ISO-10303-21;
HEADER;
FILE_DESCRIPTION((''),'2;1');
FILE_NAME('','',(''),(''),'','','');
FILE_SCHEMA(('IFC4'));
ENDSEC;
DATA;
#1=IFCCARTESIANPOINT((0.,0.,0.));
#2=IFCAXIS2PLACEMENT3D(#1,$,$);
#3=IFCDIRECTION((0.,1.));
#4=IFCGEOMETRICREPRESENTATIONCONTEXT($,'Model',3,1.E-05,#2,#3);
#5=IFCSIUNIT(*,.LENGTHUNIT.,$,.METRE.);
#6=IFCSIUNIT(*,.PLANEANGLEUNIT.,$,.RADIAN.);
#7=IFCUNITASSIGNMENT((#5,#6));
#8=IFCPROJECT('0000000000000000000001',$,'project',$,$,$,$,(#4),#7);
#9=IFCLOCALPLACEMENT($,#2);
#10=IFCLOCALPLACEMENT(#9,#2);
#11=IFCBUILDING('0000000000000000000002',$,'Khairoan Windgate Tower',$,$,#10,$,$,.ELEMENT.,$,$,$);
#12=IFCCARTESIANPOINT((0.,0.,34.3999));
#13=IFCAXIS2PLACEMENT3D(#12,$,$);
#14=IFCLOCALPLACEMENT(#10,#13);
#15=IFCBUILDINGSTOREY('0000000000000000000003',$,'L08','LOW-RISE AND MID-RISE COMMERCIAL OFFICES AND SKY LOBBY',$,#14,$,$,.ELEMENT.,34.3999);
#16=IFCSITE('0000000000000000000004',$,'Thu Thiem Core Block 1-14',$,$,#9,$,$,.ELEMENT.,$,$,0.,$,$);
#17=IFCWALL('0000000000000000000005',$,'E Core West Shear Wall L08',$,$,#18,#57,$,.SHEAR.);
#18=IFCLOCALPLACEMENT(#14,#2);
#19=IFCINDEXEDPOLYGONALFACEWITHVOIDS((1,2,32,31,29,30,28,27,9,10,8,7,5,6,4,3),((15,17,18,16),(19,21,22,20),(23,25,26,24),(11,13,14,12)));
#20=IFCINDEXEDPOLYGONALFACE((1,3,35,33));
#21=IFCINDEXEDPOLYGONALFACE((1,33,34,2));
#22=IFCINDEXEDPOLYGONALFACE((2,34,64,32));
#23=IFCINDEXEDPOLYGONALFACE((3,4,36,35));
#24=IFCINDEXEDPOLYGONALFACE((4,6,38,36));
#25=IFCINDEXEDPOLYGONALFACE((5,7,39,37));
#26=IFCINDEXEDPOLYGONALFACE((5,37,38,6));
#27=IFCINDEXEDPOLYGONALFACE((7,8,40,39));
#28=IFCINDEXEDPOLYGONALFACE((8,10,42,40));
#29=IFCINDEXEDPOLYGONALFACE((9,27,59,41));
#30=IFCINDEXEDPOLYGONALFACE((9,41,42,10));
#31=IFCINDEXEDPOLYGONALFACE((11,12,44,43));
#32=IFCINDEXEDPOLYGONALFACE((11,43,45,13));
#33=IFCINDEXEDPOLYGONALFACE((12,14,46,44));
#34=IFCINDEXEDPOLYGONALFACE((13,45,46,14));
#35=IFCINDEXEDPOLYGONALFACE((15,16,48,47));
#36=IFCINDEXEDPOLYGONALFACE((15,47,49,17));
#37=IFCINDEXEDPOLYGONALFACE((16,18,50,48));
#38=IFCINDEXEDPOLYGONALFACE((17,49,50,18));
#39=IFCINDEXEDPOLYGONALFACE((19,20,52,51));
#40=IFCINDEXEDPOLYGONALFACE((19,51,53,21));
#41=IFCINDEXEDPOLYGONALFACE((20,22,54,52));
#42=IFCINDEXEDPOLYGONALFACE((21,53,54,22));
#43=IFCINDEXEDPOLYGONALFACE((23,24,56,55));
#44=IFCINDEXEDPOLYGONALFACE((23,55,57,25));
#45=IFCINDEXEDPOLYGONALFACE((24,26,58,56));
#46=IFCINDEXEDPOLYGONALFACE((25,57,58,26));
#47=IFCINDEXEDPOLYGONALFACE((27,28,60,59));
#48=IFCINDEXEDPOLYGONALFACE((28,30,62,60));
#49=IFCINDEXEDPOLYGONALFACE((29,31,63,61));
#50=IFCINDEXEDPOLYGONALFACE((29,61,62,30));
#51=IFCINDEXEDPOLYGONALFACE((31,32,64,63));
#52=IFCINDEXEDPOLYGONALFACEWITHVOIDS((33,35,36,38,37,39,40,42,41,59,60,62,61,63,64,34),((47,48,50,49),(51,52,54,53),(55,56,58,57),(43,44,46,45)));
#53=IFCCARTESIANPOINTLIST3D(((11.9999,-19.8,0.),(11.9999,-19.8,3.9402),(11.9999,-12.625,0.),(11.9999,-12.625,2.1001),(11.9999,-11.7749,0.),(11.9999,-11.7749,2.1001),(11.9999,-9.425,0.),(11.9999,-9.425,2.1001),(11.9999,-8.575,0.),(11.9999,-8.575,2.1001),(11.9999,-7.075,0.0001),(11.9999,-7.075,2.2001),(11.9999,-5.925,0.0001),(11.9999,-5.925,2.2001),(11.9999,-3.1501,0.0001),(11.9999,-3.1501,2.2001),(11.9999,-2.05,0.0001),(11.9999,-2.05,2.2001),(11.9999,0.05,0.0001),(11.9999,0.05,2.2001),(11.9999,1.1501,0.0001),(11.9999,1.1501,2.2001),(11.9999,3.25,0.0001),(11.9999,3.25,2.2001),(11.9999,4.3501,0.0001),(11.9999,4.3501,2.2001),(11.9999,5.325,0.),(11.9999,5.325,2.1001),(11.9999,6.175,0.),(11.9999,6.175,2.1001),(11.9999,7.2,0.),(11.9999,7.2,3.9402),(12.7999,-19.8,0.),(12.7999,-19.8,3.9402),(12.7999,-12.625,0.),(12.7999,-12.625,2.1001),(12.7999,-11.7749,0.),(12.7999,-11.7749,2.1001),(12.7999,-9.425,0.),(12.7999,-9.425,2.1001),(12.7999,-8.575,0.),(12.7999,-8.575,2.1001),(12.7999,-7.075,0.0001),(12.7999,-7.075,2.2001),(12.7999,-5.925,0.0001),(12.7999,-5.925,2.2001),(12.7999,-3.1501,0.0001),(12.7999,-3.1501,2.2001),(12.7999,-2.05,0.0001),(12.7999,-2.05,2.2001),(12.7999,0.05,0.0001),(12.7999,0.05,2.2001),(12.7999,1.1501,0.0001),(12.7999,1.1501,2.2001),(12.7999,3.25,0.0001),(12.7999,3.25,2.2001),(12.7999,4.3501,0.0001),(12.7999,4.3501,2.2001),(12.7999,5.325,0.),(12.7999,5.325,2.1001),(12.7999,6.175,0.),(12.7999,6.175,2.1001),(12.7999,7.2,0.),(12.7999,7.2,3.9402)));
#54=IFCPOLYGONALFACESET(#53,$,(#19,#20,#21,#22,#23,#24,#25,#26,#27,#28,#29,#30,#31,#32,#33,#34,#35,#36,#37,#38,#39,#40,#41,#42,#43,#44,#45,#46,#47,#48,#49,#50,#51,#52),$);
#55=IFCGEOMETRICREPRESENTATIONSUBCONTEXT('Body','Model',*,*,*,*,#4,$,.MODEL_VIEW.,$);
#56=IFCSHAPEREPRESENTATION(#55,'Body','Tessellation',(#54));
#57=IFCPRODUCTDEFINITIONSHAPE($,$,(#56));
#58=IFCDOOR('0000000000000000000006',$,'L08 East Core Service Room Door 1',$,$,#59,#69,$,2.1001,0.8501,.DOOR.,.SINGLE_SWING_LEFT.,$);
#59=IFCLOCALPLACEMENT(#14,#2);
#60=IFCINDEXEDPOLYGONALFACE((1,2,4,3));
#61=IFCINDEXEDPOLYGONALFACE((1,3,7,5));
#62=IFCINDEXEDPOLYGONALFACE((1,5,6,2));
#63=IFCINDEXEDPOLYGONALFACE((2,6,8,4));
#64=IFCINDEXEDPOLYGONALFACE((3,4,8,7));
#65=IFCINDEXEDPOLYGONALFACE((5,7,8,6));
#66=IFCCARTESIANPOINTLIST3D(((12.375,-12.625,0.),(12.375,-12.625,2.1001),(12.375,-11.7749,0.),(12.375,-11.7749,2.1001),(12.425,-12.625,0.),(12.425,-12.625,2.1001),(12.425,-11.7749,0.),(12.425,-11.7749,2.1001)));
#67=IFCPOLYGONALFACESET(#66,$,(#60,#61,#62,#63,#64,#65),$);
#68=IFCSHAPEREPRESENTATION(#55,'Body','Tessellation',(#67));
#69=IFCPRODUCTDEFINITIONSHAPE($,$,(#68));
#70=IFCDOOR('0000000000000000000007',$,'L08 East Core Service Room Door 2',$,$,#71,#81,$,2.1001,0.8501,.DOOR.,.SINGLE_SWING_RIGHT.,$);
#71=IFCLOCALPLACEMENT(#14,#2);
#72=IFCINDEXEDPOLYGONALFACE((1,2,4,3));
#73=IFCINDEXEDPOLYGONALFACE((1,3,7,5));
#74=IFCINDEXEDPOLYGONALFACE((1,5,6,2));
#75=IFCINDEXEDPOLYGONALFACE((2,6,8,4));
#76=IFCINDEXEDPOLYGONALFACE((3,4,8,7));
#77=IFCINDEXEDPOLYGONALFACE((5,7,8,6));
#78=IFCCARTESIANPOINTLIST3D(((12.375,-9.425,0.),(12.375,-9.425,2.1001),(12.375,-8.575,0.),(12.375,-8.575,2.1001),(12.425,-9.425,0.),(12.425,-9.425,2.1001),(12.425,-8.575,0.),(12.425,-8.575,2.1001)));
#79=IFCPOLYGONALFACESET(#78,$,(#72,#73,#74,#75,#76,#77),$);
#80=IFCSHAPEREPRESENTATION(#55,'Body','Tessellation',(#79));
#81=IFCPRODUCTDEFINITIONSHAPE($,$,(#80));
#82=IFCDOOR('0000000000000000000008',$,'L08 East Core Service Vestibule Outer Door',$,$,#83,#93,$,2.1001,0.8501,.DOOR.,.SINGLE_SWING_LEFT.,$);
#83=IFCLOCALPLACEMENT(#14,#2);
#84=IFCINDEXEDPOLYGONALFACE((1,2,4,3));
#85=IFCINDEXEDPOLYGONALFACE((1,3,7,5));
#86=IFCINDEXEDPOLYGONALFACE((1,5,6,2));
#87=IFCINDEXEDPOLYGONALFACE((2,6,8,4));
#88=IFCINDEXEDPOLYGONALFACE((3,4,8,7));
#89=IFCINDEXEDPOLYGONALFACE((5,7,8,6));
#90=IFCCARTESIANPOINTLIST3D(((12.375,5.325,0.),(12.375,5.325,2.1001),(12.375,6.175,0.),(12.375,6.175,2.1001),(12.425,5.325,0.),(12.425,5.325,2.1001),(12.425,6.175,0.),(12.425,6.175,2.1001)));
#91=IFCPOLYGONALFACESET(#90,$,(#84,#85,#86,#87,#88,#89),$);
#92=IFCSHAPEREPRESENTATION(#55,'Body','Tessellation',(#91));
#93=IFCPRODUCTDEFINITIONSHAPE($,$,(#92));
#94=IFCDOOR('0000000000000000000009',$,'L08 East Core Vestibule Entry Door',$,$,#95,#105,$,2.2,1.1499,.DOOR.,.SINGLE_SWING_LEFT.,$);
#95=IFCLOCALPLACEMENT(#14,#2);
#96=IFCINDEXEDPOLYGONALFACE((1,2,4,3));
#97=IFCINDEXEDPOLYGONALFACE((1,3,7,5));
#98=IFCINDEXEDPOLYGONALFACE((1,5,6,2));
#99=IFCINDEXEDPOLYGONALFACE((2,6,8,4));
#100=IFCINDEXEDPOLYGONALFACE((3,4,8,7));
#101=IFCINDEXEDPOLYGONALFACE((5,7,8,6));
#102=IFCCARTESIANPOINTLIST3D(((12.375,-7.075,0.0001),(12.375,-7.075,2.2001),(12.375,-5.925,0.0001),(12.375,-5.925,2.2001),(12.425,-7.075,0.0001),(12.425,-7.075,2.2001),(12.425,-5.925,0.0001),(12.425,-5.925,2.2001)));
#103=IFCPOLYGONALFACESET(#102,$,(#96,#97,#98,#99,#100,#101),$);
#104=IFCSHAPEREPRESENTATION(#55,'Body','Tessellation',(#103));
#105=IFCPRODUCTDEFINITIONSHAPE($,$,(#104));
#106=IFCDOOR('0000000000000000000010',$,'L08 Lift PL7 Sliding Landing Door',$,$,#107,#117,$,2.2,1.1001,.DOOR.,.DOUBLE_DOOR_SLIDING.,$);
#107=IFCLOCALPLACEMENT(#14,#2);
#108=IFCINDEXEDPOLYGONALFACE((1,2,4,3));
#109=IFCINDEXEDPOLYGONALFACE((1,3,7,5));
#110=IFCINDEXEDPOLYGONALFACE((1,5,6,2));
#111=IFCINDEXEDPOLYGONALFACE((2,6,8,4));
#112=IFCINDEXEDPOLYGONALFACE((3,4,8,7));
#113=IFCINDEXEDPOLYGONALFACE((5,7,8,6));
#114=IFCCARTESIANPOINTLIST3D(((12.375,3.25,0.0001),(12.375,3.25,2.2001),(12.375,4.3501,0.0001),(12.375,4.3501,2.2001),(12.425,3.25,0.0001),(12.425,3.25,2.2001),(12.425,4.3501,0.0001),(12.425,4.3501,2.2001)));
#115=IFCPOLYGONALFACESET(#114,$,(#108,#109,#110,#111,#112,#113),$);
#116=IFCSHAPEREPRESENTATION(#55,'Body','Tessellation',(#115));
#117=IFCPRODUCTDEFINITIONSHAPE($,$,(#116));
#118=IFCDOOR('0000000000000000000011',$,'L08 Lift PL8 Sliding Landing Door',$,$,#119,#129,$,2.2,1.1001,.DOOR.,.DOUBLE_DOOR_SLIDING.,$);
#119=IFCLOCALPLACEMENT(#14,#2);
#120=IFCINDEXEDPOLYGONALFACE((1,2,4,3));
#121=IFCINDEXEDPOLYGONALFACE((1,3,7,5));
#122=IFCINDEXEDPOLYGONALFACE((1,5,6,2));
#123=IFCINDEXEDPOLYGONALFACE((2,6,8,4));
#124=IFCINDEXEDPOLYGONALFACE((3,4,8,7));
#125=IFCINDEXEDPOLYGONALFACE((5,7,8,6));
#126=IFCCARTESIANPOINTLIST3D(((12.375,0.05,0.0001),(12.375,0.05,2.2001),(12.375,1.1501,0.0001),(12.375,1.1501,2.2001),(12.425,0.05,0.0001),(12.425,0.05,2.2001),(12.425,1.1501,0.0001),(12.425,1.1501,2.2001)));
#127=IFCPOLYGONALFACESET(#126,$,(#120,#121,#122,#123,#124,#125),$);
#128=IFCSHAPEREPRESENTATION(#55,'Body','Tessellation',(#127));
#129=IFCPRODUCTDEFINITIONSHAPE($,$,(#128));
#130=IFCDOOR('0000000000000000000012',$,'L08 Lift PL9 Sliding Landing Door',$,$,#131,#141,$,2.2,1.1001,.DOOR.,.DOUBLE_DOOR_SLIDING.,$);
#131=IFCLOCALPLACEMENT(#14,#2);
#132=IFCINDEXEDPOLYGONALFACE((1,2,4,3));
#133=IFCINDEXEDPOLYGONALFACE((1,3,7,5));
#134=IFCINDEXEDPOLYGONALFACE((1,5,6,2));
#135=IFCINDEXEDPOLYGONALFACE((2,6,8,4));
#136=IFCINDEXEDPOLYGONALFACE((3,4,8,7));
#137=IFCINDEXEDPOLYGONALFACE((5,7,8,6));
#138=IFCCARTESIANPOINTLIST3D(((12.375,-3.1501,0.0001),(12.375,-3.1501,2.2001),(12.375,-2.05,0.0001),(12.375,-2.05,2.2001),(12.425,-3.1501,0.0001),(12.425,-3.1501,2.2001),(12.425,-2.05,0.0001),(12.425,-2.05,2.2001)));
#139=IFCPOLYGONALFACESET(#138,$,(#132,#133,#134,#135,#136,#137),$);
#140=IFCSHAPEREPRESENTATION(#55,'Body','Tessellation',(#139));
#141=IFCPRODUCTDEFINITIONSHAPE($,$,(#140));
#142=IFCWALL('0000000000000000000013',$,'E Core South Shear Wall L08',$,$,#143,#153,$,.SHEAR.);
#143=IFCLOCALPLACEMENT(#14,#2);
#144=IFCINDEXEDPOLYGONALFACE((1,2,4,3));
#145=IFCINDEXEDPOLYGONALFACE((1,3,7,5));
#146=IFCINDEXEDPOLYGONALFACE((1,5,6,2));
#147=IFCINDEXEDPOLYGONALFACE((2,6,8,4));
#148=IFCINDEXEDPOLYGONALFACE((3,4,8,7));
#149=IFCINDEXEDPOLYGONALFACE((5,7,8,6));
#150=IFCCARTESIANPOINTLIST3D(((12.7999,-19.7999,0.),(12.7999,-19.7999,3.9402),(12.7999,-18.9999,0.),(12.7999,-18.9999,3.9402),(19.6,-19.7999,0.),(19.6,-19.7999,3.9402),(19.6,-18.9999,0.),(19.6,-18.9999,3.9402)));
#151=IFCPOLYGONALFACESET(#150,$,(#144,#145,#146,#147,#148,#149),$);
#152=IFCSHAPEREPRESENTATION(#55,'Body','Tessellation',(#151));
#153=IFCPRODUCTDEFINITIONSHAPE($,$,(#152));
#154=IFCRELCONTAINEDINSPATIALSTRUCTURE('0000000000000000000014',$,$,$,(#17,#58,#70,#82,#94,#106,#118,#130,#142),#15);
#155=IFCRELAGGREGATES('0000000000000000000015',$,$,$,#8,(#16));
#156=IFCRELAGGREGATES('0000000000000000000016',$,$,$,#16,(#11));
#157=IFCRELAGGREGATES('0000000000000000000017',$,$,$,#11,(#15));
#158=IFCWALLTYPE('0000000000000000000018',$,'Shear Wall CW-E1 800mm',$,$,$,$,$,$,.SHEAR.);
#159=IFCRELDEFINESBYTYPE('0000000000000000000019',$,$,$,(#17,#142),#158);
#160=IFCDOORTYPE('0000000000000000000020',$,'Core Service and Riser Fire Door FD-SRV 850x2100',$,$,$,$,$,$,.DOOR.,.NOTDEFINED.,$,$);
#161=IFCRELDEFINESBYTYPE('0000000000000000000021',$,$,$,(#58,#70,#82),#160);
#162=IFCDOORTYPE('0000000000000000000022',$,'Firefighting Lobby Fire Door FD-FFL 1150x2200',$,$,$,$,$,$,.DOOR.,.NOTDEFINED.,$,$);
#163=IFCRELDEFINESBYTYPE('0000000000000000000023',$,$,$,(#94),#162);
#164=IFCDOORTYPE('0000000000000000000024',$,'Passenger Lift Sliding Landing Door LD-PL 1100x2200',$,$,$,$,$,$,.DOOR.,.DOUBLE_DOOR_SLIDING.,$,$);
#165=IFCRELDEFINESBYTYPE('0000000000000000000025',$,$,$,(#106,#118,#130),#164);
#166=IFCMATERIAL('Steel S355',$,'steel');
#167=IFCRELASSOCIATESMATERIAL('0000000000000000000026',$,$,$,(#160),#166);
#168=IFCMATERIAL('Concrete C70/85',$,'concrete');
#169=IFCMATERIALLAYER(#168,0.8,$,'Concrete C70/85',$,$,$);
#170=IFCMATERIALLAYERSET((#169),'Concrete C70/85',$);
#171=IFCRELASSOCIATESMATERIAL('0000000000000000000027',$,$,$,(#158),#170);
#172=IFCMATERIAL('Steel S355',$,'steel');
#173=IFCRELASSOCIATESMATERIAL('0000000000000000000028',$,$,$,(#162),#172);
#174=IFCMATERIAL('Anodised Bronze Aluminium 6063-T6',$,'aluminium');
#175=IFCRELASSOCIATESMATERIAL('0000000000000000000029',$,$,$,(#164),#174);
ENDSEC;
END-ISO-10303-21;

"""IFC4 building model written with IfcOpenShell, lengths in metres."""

from ifc_helpers import new_model, si_unit, direction, frame, frame_2d, origin, place, context, subcontext, project, spatial, rectangle, extrude, material, layer, layer_set, type_object, element, fill, save


model = new_model("IFC4")

# Units and contexts
model_context = context("Model", 3, precision=1e-05, world=origin(), true_north=direction((0.0, 1.0)))
body_context = subcontext(model_context, "Body", "Model", "MODEL_VIEW")
ifc_project = project(units=[si_unit("LENGTHUNIT", "METRE"), si_unit("PLANEANGLEUNIT", "RADIAN")], contexts=[model_context])

# Site, building, storey
site_placement = place(None, origin())
site = spatial("IfcSite", under=ifc_project, at=site_placement, Name="Thu Thiem Core Block 1-14", CompositionType="ELEMENT", RefElevation=0.0)
building_placement = place(site_placement, origin())
building = spatial("IfcBuilding", under=site, at=building_placement, Name="Khairoan Windgate Tower", CompositionType="ELEMENT")
storey_placement = place(building_placement, frame((0.0, 0.0, 34.3999)))
storey = spatial("IfcBuildingStorey", under=building, at=storey_placement, Name="L08", Description="LOW-RISE AND MID-RISE COMMERCIAL OFFICES AND SKY LOBBY", CompositionType="ELEMENT", Elevation=34.3999)

# Shared definitions
ifc_material_1 = material(Name="Steel S355", Category="steel")
door_type_1 = type_object("IfcDoorType", Name="Core Service and Riser Fire Door FD-SRV 850x2100", OperationType="NOTDEFINED", PredefinedType="DOOR", material=ifc_material_1)

# Wall, openings, doors
ifc_material_2 = material(Name="Concrete C70/85", Category="concrete")
ifc_layer_1 = layer(ifc_material_2, 0.8, Name="Concrete C70/85")
ifc_layer_set_1 = layer_set([ifc_layer_1], Name="Concrete C70/85")
wall_type_1 = type_object("IfcWallType", Name="Shear Wall CW-E1 800mm", PredefinedType="SHEAR", material=ifc_layer_set_1)
wall_1_placement = place(storey_placement, frame((12.3999, -19.8, 0.0), z_axis=(0.0, 0.0, 1.0), x_axis=(0.0, 1.0, 0.0)))
wall_1 = element("IfcWall", 1, at=wall_1_placement, inside=storey, type_object=wall_type_1, Name="E Core West Shear Wall L08", PredefinedType="SHEAR", context=body_context, shape_type="SweptSolid", body=[
    extrude(rectangle(XDim=27.0, YDim=0.8, at=frame_2d((13.5, 0.0))), origin(), (0.0, 0.0, 1.0), 3.9402),
])
opening_1_placement = place(wall_1_placement, frame((23.05, 0.0, 0.0)))
opening_1 = element("IfcOpeningElement", 2, at=opening_1_placement, cuts=wall_1, PredefinedType="OPENING", context=body_context, shape_type="SweptSolid", body=[
    extrude(rectangle(XDim=1.1001, YDim=2.2, at=frame_2d((0.55, 1.1001))), frame((0.0, 0.4099, 0.0), z_axis=(0.0, -1.0, 0.0), x_axis=(1.0, 0.0, 0.0)), (0.0, 0.0, 1.0), 0.8201),
])
opening_2_placement = place(wall_1_placement, frame((19.8501, 0.0, 0.0)))
opening_2 = element("IfcOpeningElement", 3, at=opening_2_placement, cuts=wall_1, PredefinedType="OPENING", context=body_context, shape_type="SweptSolid", body=[
    extrude(rectangle(XDim=1.1001, YDim=2.2, at=frame_2d((0.55, 1.1001))), frame((0.0, 0.4099, 0.0), z_axis=(0.0, -1.0, 0.0), x_axis=(1.0, 0.0, 0.0)), (0.0, 0.0, 1.0), 0.8201),
])
opening_3_placement = place(wall_1_placement, frame((16.6499, 0.0, 0.0)))
opening_3 = element("IfcOpeningElement", 4, at=opening_3_placement, cuts=wall_1, PredefinedType="OPENING", context=body_context, shape_type="SweptSolid", body=[
    extrude(rectangle(XDim=1.1001, YDim=2.2, at=frame_2d((0.55, 1.1001))), frame((0.0, 0.4099, 0.0), z_axis=(0.0, -1.0, 0.0), x_axis=(1.0, 0.0, 0.0)), (0.0, 0.0, 1.0), 0.8201),
])
opening_4_placement = place(wall_1_placement, frame((7.175, 0.0, 0.0)))
opening_4 = element("IfcOpeningElement", 5, at=opening_4_placement, cuts=wall_1, PredefinedType="OPENING", context=body_context, shape_type="SweptSolid", body=[
    extrude(rectangle(XDim=0.8501, YDim=2.1001, at=frame_2d((0.425, 1.05))), frame((0.0, 0.4099, 0.0), z_axis=(0.0, -1.0, 0.0), x_axis=(1.0, 0.0, 0.0)), (0.0, 0.0, 1.0), 0.8201),
])
opening_5_placement = place(wall_1_placement, frame((10.375, 0.0, 0.0)))
opening_5 = element("IfcOpeningElement", 6, at=opening_5_placement, cuts=wall_1, PredefinedType="OPENING", context=body_context, shape_type="SweptSolid", body=[
    extrude(rectangle(XDim=0.8501, YDim=2.1001, at=frame_2d((0.425, 1.05))), frame((0.0, 0.4099, 0.0), z_axis=(0.0, -1.0, 0.0), x_axis=(1.0, 0.0, 0.0)), (0.0, 0.0, 1.0), 0.8201),
])
opening_6_placement = place(wall_1_placement, frame((12.7251, 0.0, 0.0)))
opening_6 = element("IfcOpeningElement", 7, at=opening_6_placement, cuts=wall_1, PredefinedType="OPENING", context=body_context, shape_type="SweptSolid", body=[
    extrude(rectangle(XDim=1.1499, YDim=2.2, at=frame_2d((0.575, 1.1001))), frame((0.0, 0.4099, 0.0), z_axis=(0.0, -1.0, 0.0), x_axis=(1.0, 0.0, 0.0)), (0.0, 0.0, 1.0), 0.8201),
])
opening_7_placement = place(wall_1_placement, frame((25.125, 0.0, 0.0)))
opening_7 = element("IfcOpeningElement", 8, at=opening_7_placement, cuts=wall_1, PredefinedType="OPENING", context=body_context, shape_type="SweptSolid", body=[
    extrude(rectangle(XDim=0.8501, YDim=2.1001, at=frame_2d((0.425, 1.05))), frame((0.0, 0.4099, 0.0), z_axis=(0.0, -1.0, 0.0), x_axis=(1.0, 0.0, 0.0)), (0.0, 0.0, 1.0), 0.8201),
])
door_1_placement = place(opening_4_placement, origin())
door_1 = element("IfcDoor", 9, at=door_1_placement, inside=storey, type_object=door_type_1, Name="L08 East Core Service Room Door 1", OperationType="SINGLE_SWING_LEFT", OverallHeight=2.1001, OverallWidth=0.8501, PredefinedType="DOOR", context=body_context, shape_type="SweptSolid", body=[
    extrude(rectangle(XDim=0.8501, YDim=2.1001, at=frame_2d((0.425, 1.05))), frame((0.0, 0.0249, 0.0), z_axis=(0.0, -1.0, 0.0), x_axis=(1.0, 0.0, 0.0)), (0.0, 0.0, 1.0), 0.05),
])
fill(opening_4, door_1)
door_2_placement = place(opening_5_placement, origin())
door_2 = element("IfcDoor", 10, at=door_2_placement, inside=storey, type_object=door_type_1, Name="L08 East Core Service Room Door 2", OperationType="SINGLE_SWING_RIGHT", OverallHeight=2.1001, OverallWidth=0.8501, PredefinedType="DOOR", context=body_context, shape_type="SweptSolid", body=[
    extrude(rectangle(XDim=0.8501, YDim=2.1001, at=frame_2d((0.425, 1.05))), frame((0.0, 0.0249, 0.0), z_axis=(0.0, -1.0, 0.0), x_axis=(1.0, 0.0, 0.0)), (0.0, 0.0, 1.0), 0.05),
])
fill(opening_5, door_2)
door_3_placement = place(opening_7_placement, origin())
door_3 = element("IfcDoor", 11, at=door_3_placement, inside=storey, type_object=door_type_1, Name="L08 East Core Service Vestibule Outer Door", OperationType="SINGLE_SWING_LEFT", OverallHeight=2.1001, OverallWidth=0.8501, PredefinedType="DOOR", context=body_context, shape_type="SweptSolid", body=[
    extrude(rectangle(XDim=0.8501, YDim=2.1001, at=frame_2d((0.425, 1.05))), frame((0.0, 0.0249, 0.0), z_axis=(0.0, -1.0, 0.0), x_axis=(1.0, 0.0, 0.0)), (0.0, 0.0, 1.0), 0.05),
])
fill(opening_7, door_3)
ifc_material_3 = material(Name="Steel S355", Category="steel")
door_type_2 = type_object("IfcDoorType", Name="Firefighting Lobby Fire Door FD-FFL 1150x2200", OperationType="NOTDEFINED", PredefinedType="DOOR", material=ifc_material_3)
door_4_placement = place(opening_6_placement, origin())
door_4 = element("IfcDoor", 12, at=door_4_placement, inside=storey, type_object=door_type_2, Name="L08 East Core Vestibule Entry Door", OperationType="SINGLE_SWING_LEFT", OverallHeight=2.2, OverallWidth=1.1499, PredefinedType="DOOR", context=body_context, shape_type="SweptSolid", body=[
    extrude(rectangle(XDim=1.1499, YDim=2.2, at=frame_2d((0.575, 1.1001))), frame((0.0, 0.0249, 0.0), z_axis=(0.0, -1.0, 0.0), x_axis=(1.0, 0.0, 0.0)), (0.0, 0.0, 1.0), 0.05),
])
fill(opening_6, door_4)
ifc_material_4 = material(Name="Anodised Bronze Aluminium 6063-T6", Category="aluminium")
door_type_3 = type_object("IfcDoorType", Name="Passenger Lift Sliding Landing Door LD-PL 1100x2200", OperationType="DOUBLE_DOOR_SLIDING", PredefinedType="DOOR", material=ifc_material_4)
door_5_placement = place(opening_1_placement, origin())
door_5 = element("IfcDoor", 13, at=door_5_placement, inside=storey, type_object=door_type_3, Name="L08 Lift PL7 Sliding Landing Door", OperationType="DOUBLE_DOOR_SLIDING", OverallHeight=2.2, OverallWidth=1.1001, PredefinedType="DOOR", context=body_context, shape_type="SweptSolid", body=[
    extrude(rectangle(XDim=1.1001, YDim=2.2, at=frame_2d((0.55, 1.1001))), frame((0.0, 0.0249, 0.0), z_axis=(0.0, -1.0, 0.0), x_axis=(1.0, 0.0, 0.0)), (0.0, 0.0, 1.0), 0.05),
])
fill(opening_1, door_5)
door_6_placement = place(opening_2_placement, origin())
door_6 = element("IfcDoor", 14, at=door_6_placement, inside=storey, type_object=door_type_3, Name="L08 Lift PL8 Sliding Landing Door", OperationType="DOUBLE_DOOR_SLIDING", OverallHeight=2.2, OverallWidth=1.1001, PredefinedType="DOOR", context=body_context, shape_type="SweptSolid", body=[
    extrude(rectangle(XDim=1.1001, YDim=2.2, at=frame_2d((0.55, 1.1001))), frame((0.0, 0.0249, 0.0), z_axis=(0.0, -1.0, 0.0), x_axis=(1.0, 0.0, 0.0)), (0.0, 0.0, 1.0), 0.05),
])
fill(opening_2, door_6)
door_7_placement = place(opening_3_placement, origin())
door_7 = element("IfcDoor", 15, at=door_7_placement, inside=storey, type_object=door_type_3, Name="L08 Lift PL9 Sliding Landing Door", OperationType="DOUBLE_DOOR_SLIDING", OverallHeight=2.2, OverallWidth=1.1001, PredefinedType="DOOR", context=body_context, shape_type="SweptSolid", body=[
    extrude(rectangle(XDim=1.1001, YDim=2.2, at=frame_2d((0.55, 1.1001))), frame((0.0, 0.0249, 0.0), z_axis=(0.0, -1.0, 0.0), x_axis=(1.0, 0.0, 0.0)), (0.0, 0.0, 1.0), 0.05),
])
fill(opening_3, door_7)

# Wall
wall_2_placement = place(storey_placement, frame((12.8, -19.3999, 0.0), z_axis=(0.0, 0.0, 1.0), x_axis=(1.0, 0.0, 0.0)))
element("IfcWall", 16, at=wall_2_placement, inside=storey, type_object=wall_type_1, Name="E Core South Shear Wall L08", PredefinedType="SHEAR", context=body_context, shape_type="SweptSolid", body=[
    extrude(rectangle(XDim=6.8, YDim=0.8, at=frame_2d((3.3999, 0.0))), origin(), (0.0, 0.0, 1.0), 3.9402),
])

save(model, "model.ifc")
